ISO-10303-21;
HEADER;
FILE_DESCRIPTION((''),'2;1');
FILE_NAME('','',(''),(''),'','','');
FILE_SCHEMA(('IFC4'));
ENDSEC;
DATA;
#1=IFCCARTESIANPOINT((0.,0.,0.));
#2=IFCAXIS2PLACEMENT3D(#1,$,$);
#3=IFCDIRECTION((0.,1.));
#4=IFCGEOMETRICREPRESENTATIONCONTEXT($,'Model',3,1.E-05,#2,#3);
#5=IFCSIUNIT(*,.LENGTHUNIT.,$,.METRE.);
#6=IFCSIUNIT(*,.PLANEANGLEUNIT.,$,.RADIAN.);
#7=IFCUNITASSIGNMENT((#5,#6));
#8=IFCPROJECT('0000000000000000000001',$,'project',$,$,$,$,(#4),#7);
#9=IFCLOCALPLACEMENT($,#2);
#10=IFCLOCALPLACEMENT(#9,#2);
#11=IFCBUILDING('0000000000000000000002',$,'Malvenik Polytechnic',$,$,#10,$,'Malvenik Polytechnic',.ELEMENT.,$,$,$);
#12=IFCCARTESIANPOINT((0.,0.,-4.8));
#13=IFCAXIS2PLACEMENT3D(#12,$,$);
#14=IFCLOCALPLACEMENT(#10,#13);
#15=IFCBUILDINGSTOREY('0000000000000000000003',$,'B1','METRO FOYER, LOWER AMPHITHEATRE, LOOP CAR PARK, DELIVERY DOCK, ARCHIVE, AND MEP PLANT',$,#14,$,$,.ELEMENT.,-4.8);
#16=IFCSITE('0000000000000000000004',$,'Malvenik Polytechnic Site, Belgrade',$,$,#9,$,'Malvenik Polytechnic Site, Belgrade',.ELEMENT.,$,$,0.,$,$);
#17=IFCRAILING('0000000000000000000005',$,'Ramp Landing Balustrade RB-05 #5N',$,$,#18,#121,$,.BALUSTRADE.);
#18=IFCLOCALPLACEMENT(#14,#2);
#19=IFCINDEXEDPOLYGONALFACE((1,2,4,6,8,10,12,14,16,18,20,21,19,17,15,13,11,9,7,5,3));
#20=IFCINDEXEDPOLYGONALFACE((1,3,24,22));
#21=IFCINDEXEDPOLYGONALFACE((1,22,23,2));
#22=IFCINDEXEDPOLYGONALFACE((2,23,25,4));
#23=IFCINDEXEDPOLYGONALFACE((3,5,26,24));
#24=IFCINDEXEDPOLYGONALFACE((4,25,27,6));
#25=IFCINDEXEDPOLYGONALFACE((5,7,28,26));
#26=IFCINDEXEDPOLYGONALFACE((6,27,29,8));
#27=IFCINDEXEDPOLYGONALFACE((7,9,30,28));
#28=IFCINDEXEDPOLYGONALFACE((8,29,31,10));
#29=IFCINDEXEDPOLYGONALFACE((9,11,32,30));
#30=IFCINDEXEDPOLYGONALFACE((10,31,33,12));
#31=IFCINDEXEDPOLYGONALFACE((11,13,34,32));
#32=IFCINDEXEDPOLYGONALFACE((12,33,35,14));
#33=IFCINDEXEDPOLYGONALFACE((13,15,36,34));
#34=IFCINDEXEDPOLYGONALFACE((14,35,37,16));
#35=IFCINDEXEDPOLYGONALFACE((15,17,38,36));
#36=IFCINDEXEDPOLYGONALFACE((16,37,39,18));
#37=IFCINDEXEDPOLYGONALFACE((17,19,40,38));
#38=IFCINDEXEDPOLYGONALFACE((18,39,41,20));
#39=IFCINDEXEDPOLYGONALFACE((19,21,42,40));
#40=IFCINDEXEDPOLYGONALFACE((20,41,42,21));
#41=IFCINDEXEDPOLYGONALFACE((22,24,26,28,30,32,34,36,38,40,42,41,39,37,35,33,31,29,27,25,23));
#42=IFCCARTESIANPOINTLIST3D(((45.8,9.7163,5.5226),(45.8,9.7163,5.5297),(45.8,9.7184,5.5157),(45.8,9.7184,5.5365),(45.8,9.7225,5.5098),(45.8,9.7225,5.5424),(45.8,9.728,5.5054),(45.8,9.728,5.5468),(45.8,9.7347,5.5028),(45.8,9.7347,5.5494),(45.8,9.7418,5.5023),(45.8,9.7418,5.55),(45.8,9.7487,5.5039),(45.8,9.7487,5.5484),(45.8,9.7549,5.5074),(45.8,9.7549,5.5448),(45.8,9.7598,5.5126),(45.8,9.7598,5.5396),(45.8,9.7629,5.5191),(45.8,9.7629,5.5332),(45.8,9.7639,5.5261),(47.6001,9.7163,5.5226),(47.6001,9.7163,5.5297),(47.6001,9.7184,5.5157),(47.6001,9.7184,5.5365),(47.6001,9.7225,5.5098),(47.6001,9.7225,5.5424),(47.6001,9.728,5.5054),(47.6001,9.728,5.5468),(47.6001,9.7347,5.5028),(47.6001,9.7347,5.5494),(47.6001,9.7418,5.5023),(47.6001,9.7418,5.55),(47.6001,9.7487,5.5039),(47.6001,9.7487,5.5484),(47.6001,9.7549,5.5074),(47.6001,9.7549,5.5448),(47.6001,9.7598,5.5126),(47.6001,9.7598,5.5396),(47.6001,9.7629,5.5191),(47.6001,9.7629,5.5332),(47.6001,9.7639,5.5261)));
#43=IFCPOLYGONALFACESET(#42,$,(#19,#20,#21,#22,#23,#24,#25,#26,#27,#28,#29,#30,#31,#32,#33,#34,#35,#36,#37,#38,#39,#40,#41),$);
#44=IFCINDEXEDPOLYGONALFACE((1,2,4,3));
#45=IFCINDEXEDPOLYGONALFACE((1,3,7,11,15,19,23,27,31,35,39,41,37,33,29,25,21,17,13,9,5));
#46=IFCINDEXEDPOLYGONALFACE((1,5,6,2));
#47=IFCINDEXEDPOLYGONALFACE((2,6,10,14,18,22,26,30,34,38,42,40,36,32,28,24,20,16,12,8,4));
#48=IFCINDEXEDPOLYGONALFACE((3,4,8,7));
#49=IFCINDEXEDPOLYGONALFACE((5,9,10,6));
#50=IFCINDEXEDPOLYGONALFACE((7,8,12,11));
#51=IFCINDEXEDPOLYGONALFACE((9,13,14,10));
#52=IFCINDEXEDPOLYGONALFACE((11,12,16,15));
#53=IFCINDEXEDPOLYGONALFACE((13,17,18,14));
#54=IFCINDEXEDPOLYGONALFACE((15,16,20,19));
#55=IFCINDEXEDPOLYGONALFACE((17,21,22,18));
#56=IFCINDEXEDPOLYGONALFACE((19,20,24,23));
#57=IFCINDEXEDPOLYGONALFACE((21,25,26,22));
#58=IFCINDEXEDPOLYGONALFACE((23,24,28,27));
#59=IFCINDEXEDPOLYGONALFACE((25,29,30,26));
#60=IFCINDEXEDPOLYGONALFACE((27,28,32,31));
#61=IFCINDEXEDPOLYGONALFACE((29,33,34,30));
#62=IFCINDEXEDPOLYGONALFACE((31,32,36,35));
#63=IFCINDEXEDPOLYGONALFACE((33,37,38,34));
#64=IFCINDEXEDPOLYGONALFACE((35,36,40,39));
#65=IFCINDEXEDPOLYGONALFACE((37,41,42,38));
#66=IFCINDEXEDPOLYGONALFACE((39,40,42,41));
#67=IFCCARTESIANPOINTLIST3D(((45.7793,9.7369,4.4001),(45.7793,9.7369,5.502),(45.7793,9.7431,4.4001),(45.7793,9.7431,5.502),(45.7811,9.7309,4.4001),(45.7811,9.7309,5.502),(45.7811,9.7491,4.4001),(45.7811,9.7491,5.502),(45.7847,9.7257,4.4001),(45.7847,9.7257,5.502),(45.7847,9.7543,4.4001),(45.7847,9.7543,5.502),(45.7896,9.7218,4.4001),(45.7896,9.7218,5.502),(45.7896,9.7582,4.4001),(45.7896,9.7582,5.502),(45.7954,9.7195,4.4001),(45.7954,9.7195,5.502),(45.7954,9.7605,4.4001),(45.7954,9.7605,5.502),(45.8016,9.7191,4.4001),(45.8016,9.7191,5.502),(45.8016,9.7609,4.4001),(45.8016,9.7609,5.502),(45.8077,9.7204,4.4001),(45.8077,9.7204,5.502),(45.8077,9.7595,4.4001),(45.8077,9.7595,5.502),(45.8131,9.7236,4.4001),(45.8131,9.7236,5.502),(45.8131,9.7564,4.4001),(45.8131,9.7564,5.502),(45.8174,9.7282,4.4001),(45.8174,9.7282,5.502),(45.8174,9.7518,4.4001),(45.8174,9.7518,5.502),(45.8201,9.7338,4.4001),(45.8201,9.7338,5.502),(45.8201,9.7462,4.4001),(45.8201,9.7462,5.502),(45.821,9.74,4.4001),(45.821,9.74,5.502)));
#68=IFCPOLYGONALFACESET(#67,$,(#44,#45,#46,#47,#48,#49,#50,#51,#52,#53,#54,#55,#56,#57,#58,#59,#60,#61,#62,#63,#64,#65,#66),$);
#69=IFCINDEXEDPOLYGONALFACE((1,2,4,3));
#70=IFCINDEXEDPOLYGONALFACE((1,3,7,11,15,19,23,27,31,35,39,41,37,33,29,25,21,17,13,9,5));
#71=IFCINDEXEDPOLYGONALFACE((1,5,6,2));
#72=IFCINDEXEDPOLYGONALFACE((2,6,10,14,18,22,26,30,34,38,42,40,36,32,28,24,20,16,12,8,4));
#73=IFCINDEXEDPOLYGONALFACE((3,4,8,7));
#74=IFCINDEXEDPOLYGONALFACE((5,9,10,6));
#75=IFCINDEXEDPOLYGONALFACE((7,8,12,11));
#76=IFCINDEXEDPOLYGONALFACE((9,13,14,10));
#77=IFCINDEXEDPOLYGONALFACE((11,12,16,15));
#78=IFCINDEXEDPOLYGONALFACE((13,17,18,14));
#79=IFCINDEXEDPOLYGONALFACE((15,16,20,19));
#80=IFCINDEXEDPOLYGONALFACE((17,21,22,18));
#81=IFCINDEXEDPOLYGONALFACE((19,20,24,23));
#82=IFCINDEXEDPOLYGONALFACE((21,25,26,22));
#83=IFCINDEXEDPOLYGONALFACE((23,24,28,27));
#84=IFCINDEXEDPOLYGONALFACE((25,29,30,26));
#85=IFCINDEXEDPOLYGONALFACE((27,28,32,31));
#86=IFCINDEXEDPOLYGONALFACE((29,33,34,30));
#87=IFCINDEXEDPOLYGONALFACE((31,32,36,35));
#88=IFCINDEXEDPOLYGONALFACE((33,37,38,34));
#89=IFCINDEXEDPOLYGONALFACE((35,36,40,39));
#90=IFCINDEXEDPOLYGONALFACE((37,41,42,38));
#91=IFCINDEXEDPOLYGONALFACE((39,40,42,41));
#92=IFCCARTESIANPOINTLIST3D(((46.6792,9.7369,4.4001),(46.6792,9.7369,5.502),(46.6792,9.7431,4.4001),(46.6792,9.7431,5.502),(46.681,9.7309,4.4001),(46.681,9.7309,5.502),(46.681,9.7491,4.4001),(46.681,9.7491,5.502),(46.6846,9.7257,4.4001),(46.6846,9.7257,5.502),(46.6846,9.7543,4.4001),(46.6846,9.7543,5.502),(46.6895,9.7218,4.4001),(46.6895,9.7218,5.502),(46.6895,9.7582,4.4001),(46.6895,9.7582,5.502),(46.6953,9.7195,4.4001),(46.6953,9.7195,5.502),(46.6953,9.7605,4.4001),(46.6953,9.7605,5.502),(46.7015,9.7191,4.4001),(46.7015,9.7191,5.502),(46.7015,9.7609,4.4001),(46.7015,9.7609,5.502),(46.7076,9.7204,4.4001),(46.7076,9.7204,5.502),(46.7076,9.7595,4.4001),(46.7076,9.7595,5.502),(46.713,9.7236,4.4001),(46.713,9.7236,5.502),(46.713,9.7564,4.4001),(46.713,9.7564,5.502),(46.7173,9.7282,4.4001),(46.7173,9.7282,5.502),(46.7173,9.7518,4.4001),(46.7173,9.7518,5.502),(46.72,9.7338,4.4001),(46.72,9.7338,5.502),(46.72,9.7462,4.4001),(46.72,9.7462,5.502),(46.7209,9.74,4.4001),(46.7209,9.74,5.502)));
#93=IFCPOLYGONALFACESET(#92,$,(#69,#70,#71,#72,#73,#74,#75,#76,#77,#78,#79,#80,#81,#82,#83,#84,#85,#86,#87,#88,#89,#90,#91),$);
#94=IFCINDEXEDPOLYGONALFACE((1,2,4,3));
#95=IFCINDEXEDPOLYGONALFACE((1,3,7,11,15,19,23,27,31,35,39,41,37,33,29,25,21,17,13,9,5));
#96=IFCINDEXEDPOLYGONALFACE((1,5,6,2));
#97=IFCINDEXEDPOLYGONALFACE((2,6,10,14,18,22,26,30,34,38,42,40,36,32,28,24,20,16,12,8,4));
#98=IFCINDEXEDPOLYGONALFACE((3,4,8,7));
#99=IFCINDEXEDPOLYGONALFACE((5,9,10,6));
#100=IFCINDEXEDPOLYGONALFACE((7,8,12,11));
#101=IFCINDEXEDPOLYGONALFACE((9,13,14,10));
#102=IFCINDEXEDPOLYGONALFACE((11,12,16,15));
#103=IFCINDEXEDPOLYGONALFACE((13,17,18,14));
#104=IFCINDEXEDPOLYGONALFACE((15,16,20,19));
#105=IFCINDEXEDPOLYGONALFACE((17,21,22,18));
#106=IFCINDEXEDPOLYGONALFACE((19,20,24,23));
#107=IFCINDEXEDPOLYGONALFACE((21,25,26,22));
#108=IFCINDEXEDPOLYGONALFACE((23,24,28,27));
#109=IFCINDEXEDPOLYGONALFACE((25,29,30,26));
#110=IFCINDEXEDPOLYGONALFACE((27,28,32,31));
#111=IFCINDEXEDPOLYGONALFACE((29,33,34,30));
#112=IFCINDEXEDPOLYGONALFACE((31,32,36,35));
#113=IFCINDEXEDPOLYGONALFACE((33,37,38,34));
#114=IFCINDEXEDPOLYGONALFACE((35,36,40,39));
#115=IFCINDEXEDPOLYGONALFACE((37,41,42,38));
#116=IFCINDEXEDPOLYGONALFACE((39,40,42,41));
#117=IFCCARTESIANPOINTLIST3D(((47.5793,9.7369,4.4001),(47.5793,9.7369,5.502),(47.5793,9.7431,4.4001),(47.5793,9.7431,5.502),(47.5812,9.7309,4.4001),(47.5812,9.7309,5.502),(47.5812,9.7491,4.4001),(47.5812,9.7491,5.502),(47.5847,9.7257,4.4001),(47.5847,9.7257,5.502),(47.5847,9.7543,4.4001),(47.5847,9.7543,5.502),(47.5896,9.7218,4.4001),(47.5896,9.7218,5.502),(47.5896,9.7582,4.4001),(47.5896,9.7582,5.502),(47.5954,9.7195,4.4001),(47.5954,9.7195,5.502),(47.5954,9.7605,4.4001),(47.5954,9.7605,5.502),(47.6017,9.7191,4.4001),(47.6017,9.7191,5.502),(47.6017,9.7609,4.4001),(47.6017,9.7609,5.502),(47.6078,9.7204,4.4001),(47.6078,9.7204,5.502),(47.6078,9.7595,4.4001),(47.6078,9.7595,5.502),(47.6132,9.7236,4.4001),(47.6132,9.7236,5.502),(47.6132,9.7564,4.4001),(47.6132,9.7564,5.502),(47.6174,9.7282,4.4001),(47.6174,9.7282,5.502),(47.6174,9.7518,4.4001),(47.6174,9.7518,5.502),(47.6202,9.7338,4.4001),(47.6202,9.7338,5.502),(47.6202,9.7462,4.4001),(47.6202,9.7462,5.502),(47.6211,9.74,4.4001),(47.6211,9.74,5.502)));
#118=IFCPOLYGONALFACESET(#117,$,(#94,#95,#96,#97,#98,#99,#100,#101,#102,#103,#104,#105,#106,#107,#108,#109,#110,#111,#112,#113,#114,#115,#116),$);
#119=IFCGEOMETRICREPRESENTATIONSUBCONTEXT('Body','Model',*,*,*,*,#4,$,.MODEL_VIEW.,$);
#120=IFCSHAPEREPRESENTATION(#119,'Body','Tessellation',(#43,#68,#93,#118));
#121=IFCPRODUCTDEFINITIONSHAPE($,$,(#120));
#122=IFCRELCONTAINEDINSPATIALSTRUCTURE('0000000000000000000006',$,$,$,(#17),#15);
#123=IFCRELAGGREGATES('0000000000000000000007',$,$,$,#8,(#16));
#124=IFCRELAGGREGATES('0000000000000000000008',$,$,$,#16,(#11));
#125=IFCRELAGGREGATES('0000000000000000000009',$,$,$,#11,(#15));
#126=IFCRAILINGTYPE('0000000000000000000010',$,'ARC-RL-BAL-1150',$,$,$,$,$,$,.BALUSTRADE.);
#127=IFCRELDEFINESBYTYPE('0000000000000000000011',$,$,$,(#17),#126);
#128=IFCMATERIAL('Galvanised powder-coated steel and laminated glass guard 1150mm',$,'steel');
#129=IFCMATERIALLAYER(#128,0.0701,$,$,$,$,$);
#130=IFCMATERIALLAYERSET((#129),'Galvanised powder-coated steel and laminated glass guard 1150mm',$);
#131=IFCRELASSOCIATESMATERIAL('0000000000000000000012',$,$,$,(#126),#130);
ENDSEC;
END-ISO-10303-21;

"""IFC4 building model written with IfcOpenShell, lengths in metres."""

from ifc_helpers import new_model, si_unit, direction, frame, origin, origin_2d, place, context, subcontext, project, spatial, circle, extrude, material, layer, layer_set, type_object, element, save


model = new_model("IFC4")

# Units and contexts
model_context = context("Model", 3, precision=1e-05, world=origin(), true_north=direction((0.0, 1.0)))
body_context = subcontext(model_context, "Body", "Model", "MODEL_VIEW")
ifc_project = project(units=[si_unit("LENGTHUNIT", "METRE"), si_unit("PLANEANGLEUNIT", "RADIAN")], contexts=[model_context])

# Site, building, storey
site_placement = place(None, origin())
site = spatial("IfcSite", under=ifc_project, at=site_placement, Name="Malvenik Polytechnic Site, Belgrade", LongName="Malvenik Polytechnic Site, Belgrade", CompositionType="ELEMENT", RefElevation=0.0)
building_placement = place(site_placement, origin())
building = spatial("IfcBuilding", under=site, at=building_placement, Name="Malvenik Polytechnic", LongName="Malvenik Polytechnic", CompositionType="ELEMENT")
storey_placement = place(building_placement, frame((0.0, 0.0, -4.8)))
storey = spatial("IfcBuildingStorey", under=building, at=storey_placement, Name="B1", Description="METRO FOYER, LOWER AMPHITHEATRE, LOOP CAR PARK, DELIVERY DOCK, ARCHIVE, AND MEP PLANT", CompositionType="ELEMENT", Elevation=-4.8)

# Railing
ifc_material_1 = material(Name="Galvanised powder-coated steel and laminated glass guard 1150mm", Category="steel")
ifc_layer_1 = layer(ifc_material_1, 0.0701)
ifc_layer_set_1 = layer_set([ifc_layer_1], Name="Galvanised powder-coated steel and laminated glass guard 1150mm")
railing_type_1 = type_object("IfcRailingType", Name="ARC-RL-BAL-1150", PredefinedType="BALUSTRADE", material=ifc_layer_set_1)
railing_1_placement = place(storey_placement, frame((45.8, 9.74, 4.4001)))
element("IfcRailing", 1, at=railing_1_placement, inside=storey, type_object=railing_type_1, Name="Ramp Landing Balustrade RB-05 #5N", PredefinedType="BALUSTRADE", context=body_context, shape_type="SweptSolid", body=[
    extrude(circle(Radius=0.0239, at=origin_2d()), frame((0.0, 0.0, 1.126), z_axis=(1.0, 0.0, 0.0), x_axis=(0.0, 1.0, 0.0)), (0.0, 0.0, 1.0), 1.8),
    extrude(circle(Radius=0.021, at=origin_2d()), origin(), (0.0, 0.0, 1.0), 1.1018),
    extrude(circle(Radius=0.021, at=origin_2d()), frame((0.8999, 0.0, 0.0)), (0.0, 0.0, 1.0), 1.1018),
    extrude(circle(Radius=0.021, at=origin_2d()), frame((1.8, 0.0, 0.0)), (0.0, 0.0, 1.0), 1.1018),
])

save(model, "model.ifc")
